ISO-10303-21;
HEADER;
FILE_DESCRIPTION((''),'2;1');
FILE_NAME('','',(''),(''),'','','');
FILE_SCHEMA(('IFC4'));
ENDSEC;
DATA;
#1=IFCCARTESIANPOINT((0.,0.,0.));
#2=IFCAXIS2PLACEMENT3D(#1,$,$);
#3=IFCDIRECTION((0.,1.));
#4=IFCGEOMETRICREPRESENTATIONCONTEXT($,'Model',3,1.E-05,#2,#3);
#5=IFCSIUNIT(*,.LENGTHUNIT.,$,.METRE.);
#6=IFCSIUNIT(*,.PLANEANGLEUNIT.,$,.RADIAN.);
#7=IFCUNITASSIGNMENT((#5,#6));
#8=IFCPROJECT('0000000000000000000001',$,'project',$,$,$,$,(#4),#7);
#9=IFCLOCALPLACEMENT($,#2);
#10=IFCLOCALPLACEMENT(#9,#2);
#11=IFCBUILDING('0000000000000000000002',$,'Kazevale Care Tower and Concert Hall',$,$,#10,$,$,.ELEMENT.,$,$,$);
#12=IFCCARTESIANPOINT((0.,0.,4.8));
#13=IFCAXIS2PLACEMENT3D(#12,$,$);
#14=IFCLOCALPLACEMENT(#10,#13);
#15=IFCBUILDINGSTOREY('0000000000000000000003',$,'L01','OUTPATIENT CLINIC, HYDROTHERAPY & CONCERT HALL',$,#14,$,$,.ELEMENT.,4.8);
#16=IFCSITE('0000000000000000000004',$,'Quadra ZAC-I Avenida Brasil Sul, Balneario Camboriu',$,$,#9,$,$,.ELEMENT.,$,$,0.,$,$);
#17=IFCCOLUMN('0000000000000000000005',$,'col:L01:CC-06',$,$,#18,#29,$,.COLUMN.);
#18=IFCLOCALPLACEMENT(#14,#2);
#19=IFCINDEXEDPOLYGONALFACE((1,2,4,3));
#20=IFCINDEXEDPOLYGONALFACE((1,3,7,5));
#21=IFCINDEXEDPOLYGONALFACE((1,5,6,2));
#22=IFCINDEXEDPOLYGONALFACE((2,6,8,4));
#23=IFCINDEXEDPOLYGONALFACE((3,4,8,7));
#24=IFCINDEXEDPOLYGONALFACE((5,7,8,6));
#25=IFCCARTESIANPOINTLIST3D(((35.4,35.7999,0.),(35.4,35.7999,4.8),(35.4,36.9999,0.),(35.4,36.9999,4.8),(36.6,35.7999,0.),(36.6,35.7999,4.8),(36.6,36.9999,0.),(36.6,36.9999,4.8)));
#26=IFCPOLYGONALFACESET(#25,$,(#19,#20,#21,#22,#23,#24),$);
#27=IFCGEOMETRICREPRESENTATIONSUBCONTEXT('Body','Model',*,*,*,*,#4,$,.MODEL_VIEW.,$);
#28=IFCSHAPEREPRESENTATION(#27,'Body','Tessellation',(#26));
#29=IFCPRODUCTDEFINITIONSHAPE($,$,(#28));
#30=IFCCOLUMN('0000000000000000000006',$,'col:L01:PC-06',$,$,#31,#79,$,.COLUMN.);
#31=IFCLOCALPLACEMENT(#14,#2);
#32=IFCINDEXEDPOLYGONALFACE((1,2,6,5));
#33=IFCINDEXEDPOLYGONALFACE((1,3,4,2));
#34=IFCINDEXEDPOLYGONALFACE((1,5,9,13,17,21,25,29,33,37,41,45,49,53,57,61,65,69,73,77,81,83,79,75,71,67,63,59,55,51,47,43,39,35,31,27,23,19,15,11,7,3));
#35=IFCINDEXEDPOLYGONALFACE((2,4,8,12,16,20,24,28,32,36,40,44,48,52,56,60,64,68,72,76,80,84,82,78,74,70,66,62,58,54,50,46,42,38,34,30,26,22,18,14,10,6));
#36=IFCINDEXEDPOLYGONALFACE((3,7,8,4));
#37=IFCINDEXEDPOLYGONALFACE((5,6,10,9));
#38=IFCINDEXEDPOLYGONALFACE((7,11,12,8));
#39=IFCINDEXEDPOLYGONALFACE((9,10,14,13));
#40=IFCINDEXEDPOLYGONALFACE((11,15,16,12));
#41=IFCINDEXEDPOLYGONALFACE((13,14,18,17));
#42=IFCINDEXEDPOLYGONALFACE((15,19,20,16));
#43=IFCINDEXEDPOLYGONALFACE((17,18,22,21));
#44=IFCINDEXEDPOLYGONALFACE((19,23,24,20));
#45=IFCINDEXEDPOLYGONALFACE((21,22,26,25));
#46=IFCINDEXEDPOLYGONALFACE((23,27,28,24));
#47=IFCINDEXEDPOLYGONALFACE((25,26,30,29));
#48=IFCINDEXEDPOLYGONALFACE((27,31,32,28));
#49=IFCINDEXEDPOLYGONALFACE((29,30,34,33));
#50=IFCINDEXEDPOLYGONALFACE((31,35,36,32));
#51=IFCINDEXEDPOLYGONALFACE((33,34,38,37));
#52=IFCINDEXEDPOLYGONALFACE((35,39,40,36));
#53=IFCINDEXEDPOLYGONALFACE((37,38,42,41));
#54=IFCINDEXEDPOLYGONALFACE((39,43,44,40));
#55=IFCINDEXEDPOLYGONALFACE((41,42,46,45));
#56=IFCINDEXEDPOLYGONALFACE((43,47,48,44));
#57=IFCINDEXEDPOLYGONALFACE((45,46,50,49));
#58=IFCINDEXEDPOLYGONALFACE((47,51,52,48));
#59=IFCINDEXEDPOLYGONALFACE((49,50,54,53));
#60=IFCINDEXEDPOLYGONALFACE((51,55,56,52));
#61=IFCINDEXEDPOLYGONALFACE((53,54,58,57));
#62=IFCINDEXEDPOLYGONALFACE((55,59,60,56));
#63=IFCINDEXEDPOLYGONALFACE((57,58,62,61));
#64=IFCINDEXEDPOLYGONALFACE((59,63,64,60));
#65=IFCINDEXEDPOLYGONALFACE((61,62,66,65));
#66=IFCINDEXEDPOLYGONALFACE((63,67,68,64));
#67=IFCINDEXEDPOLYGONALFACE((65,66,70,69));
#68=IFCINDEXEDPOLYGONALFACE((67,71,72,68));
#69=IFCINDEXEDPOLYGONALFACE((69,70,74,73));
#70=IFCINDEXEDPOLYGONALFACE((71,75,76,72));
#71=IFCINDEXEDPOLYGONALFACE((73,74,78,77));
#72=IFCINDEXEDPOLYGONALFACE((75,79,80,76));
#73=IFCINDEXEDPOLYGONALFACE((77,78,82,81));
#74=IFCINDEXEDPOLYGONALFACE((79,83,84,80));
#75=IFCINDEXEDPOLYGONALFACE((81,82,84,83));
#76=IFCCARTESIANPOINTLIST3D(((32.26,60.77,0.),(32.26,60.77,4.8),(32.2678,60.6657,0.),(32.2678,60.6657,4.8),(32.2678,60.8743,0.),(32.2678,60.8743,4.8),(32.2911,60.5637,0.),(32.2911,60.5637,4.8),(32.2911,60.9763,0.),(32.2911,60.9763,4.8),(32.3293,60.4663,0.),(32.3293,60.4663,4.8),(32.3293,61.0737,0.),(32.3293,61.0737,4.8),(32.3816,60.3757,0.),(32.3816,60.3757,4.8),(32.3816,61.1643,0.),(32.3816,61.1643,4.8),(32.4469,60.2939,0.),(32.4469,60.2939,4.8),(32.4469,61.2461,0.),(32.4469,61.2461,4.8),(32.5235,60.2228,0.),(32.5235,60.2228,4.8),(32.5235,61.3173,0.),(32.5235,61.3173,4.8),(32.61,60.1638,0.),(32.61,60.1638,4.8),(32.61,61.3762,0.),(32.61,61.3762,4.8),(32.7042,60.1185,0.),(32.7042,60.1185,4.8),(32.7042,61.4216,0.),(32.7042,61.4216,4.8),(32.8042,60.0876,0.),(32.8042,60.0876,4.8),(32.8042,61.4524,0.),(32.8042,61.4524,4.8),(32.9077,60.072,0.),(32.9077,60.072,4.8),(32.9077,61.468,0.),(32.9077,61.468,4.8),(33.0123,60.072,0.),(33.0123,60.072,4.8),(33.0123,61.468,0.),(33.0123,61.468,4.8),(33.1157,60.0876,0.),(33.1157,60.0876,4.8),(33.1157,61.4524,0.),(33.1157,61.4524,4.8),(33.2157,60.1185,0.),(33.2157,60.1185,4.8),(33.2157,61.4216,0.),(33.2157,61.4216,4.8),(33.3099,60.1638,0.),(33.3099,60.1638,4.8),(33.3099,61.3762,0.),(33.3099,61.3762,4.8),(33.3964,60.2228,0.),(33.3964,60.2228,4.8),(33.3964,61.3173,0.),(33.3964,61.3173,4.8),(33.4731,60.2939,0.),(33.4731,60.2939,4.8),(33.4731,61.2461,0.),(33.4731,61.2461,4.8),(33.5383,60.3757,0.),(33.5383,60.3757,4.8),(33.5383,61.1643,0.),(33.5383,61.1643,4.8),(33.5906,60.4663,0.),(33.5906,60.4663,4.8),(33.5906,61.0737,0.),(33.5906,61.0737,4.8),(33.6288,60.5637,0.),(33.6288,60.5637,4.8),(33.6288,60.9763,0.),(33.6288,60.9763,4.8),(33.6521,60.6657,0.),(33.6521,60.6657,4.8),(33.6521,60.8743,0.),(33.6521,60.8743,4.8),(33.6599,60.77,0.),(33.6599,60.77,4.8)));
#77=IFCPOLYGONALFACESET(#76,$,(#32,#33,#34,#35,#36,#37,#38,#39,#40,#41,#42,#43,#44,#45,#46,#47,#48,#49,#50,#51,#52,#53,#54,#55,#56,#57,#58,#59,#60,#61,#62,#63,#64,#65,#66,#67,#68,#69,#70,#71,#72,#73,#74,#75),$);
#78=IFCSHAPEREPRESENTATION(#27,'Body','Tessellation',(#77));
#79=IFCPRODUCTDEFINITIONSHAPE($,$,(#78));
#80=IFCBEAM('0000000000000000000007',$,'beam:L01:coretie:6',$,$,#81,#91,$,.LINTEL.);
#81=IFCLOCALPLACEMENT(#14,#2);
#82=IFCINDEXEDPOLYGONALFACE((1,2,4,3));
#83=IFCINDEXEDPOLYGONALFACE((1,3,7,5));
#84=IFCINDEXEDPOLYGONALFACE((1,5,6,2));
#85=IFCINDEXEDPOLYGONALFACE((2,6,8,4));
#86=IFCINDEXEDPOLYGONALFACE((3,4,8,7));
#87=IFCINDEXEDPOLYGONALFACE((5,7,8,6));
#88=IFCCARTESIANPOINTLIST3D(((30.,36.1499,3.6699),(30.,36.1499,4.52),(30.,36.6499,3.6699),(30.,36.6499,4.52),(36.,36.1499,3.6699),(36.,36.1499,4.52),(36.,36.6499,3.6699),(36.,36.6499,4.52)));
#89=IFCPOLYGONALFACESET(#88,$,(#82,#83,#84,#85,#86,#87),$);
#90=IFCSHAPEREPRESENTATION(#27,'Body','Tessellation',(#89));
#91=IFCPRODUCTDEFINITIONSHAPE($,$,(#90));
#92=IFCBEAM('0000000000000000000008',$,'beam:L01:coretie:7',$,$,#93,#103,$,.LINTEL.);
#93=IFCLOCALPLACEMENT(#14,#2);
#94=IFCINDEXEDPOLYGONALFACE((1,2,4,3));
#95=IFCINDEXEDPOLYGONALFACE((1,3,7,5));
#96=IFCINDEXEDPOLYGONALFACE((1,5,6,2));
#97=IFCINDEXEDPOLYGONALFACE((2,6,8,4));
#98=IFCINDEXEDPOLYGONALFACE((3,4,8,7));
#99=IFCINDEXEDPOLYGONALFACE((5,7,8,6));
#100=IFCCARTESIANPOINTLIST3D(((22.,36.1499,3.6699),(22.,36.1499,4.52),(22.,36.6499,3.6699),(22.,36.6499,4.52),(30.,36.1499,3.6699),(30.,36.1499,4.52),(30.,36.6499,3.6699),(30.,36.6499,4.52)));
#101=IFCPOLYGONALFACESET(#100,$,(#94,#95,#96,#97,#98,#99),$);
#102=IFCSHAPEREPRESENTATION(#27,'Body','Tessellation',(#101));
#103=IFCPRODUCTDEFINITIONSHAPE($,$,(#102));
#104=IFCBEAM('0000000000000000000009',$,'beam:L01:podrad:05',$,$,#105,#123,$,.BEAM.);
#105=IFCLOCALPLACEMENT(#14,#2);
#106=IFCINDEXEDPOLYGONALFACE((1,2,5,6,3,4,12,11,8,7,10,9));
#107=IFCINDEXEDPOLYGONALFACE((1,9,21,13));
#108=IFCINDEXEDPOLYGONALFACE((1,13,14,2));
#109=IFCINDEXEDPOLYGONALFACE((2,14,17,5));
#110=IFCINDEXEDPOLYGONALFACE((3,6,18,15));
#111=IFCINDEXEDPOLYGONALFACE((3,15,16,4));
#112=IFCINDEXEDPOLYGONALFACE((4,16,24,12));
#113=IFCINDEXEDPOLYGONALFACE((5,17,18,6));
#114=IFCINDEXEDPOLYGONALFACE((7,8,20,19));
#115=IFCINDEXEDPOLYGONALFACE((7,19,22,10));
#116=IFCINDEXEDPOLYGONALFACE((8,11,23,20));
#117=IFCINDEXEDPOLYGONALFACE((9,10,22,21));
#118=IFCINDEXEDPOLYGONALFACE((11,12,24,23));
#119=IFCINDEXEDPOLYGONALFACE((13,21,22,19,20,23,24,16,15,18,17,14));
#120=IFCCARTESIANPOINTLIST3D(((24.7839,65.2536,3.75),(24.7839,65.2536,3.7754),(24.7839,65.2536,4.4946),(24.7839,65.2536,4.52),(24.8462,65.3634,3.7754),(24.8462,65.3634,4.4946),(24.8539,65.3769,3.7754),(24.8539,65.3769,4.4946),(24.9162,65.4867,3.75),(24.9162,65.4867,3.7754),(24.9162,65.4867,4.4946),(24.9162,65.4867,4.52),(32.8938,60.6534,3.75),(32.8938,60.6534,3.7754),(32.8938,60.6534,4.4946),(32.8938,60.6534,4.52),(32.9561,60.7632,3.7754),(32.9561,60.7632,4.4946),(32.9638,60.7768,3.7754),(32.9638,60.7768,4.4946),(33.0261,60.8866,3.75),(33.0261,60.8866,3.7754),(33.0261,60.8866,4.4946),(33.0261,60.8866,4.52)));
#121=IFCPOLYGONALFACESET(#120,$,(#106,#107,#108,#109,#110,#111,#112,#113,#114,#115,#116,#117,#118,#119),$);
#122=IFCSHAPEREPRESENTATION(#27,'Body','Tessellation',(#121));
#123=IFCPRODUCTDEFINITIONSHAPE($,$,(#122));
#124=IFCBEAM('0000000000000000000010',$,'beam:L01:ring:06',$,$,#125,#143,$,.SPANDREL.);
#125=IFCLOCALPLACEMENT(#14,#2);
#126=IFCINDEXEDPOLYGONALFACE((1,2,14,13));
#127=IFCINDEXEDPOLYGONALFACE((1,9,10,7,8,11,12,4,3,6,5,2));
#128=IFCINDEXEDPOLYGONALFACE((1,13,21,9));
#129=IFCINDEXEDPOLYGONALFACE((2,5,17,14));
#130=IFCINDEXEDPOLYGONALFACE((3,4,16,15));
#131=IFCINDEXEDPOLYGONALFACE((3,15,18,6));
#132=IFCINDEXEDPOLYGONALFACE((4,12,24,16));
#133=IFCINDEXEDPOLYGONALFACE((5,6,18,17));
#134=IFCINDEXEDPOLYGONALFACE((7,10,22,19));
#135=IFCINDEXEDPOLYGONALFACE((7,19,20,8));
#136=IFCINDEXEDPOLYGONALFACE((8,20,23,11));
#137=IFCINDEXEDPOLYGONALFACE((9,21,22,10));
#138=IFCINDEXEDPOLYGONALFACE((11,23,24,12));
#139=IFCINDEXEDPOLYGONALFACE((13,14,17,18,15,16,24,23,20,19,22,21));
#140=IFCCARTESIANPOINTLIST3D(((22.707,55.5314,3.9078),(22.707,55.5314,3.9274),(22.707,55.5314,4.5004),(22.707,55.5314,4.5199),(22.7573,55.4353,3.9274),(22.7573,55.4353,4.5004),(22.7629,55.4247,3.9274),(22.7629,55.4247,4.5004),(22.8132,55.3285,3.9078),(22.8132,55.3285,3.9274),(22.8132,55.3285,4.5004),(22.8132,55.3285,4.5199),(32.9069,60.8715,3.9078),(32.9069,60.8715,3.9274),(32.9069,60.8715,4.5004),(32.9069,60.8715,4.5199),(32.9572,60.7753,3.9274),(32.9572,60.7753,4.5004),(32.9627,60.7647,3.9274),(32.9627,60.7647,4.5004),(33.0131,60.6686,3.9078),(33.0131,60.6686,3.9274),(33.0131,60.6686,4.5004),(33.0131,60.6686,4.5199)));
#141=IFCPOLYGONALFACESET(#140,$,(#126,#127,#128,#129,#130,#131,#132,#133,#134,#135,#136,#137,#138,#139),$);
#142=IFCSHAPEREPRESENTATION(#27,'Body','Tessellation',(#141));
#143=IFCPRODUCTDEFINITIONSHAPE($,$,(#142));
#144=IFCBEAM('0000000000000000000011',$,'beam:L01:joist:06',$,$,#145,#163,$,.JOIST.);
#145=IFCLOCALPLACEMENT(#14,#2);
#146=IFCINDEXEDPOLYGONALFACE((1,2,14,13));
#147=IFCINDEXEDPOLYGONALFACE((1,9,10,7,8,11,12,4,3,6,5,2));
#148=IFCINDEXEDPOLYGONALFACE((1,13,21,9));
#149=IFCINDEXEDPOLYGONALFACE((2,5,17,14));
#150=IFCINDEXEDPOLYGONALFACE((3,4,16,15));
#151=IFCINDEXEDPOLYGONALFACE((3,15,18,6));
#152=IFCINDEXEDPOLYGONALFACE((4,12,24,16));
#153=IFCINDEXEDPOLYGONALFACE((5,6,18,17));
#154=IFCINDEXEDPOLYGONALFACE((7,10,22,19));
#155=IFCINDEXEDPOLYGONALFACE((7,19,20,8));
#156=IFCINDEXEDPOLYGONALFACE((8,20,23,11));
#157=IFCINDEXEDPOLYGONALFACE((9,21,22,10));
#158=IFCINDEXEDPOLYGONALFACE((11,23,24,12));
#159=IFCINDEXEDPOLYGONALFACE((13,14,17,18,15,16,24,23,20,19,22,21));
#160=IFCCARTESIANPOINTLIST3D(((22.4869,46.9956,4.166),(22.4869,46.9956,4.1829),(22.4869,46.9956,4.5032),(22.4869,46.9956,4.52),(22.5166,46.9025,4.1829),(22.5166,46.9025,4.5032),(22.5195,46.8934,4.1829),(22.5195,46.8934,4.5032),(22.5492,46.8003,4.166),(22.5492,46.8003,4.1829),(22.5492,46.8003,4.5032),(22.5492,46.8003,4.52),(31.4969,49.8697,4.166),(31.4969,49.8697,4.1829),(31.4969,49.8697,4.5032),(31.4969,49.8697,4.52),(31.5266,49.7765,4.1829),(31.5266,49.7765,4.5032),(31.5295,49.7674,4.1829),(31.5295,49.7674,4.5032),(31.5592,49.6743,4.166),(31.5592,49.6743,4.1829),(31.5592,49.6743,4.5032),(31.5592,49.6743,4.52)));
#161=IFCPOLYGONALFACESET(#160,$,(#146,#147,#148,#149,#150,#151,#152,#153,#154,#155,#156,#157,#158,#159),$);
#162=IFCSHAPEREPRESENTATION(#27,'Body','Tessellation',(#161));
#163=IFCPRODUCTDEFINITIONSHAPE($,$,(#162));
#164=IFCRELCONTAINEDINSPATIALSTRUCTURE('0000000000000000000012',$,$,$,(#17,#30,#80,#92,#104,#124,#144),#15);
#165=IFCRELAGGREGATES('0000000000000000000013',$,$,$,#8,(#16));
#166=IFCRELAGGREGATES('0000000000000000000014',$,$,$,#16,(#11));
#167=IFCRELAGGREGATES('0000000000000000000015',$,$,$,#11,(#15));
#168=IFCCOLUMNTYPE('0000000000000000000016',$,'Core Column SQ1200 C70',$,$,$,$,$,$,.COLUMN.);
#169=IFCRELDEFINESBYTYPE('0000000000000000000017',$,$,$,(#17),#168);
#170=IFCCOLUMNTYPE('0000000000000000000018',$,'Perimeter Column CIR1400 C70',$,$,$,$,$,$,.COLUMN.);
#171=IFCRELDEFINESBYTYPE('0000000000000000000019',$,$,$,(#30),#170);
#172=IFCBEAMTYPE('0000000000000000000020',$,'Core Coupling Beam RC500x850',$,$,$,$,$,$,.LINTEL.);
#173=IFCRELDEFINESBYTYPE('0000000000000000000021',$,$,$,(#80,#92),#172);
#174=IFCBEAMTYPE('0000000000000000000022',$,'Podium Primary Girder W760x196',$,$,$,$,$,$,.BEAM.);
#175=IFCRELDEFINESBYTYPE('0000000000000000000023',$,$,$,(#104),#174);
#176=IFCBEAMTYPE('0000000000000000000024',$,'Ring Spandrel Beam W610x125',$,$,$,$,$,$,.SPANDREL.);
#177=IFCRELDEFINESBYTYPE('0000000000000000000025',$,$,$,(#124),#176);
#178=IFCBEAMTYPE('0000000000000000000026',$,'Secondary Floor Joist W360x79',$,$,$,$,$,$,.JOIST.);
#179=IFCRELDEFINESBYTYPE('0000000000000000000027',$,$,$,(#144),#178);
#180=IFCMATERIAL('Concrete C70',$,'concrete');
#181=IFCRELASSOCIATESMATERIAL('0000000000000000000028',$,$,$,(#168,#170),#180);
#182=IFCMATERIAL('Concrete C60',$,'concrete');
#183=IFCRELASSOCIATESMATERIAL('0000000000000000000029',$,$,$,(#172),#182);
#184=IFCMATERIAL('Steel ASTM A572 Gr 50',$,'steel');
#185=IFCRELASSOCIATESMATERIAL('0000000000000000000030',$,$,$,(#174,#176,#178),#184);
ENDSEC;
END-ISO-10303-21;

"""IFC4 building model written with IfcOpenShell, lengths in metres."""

from ifc_helpers import new_model, si_unit, direction, frame, origin, origin_2d, place, context, subcontext, project, spatial, rectangle, circle, i_section, extrude, material, material_profile, profile_set, type_object, element, save


model = new_model("IFC4")

# Units and contexts
model_context = context("Model", 3, precision=1e-05, world=origin(), true_north=direction((0.0, 1.0)))
body_context = subcontext(model_context, "Body", "Model", "MODEL_VIEW")
ifc_project = project(units=[si_unit("LENGTHUNIT", "METRE"), si_unit("PLANEANGLEUNIT", "RADIAN")], contexts=[model_context])

# Site, building, storey
site_placement = place(None, origin())
site = spatial("IfcSite", under=ifc_project, at=site_placement, Name="Quadra ZAC-I Avenida Brasil Sul, Balneario Camboriu", CompositionType="ELEMENT", RefElevation=0.0)
building_placement = place(site_placement, origin())
building = spatial("IfcBuilding", under=site, at=building_placement, Name="Kazevale Care Tower and Concert Hall", CompositionType="ELEMENT")
storey_placement = place(building_placement, frame((0.0, 0.0, 4.8)))
storey = spatial("IfcBuildingStorey", under=building, at=storey_placement, Name="L01", Description="OUTPATIENT CLINIC, HYDROTHERAPY & CONCERT HALL", CompositionType="ELEMENT", Elevation=4.8)

# Columns
ifc_material_1 = material(Name="Concrete C70", Category="concrete")
ifc_material_profile_1 = material_profile(ifc_material_1, rectangle(XDim=1.2, YDim=1.2, at=origin_2d()), Name="RC-SQ1200")
ifc_profile_set_1 = profile_set([ifc_material_profile_1], Name="Concrete C70")
column_type_1 = type_object("IfcColumnType", Name="Core Column SQ1200 C70", PredefinedType="COLUMN", material=ifc_profile_set_1)
column_1_placement = place(storey_placement, frame((36.0, 36.3999, 0.0), z_axis=(0.0, 0.0, 1.0), x_axis=(1.0, 0.0, 0.0)))
element("IfcColumn", 1, at=column_1_placement, inside=storey, type_object=column_type_1, Name="col:L01:CC-06", PredefinedType="COLUMN", context=body_context, shape_type="SweptSolid", body=[
    extrude(rectangle(XDim=1.2, YDim=1.2, at=origin_2d()), origin(), (0.0, 0.0, 1.0), 4.8),
])
ifc_material_profile_2 = material_profile(ifc_material_1, circle(Radius=0.7, at=origin_2d()), Name="RC-CIR1400")
ifc_profile_set_2 = profile_set([ifc_material_profile_2], Name="Concrete C70")
column_type_2 = type_object("IfcColumnType", Name="Perimeter Column CIR1400 C70", PredefinedType="COLUMN", material=ifc_profile_set_2)
column_2_placement = place(storey_placement, frame((32.96, 60.77, 0.0), z_axis=(0.0, 0.0, 1.0), x_axis=(1.0, 0.0, 0.0)))
element("IfcColumn", 2, at=column_2_placement, inside=storey, type_object=column_type_2, Name="col:L01:PC-06", PredefinedType="COLUMN", context=body_context, shape_type="SweptSolid", body=[
    extrude(circle(Radius=0.7, at=origin_2d()), origin(), (0.0, 0.0, 1.0), 4.8),
])

# Beams
ifc_material_2 = material(Name="Concrete C60", Category="concrete")
ifc_material_profile_3 = material_profile(ifc_material_2, rectangle(XDim=0.5, YDim=0.8501, at=origin_2d()), Name="RC-B500x850")
ifc_profile_set_3 = profile_set([ifc_material_profile_3], Name="Concrete C60")
beam_type_1 = type_object("IfcBeamType", Name="Core Coupling Beam RC500x850", PredefinedType="LINTEL", material=ifc_profile_set_3)
beam_1_placement = place(storey_placement, frame((36.0, 36.3999, 4.095), z_axis=(-1.0, 0.0, 0.0), x_axis=(0.0, -1.0, 0.0)))
element("IfcBeam", 3, at=beam_1_placement, inside=storey, type_object=beam_type_1, Name="beam:L01:coretie:6", PredefinedType="LINTEL", context=body_context, shape_type="SweptSolid", body=[
    extrude(rectangle(XDim=0.5, YDim=0.8501, at=origin_2d()), origin(), (0.0, 0.0, 1.0), 6.0),
])
beam_2_placement = place(storey_placement, frame((30.0, 36.3999, 4.095), z_axis=(-1.0, 0.0, 0.0), x_axis=(0.0, -1.0, 0.0)))
element("IfcBeam", 4, at=beam_2_placement, inside=storey, type_object=beam_type_1, Name="beam:L01:coretie:7", PredefinedType="LINTEL", context=body_context, shape_type="SweptSolid", body=[
    extrude(rectangle(XDim=0.5, YDim=0.8501, at=origin_2d()), origin(), (0.0, 0.0, 1.0), 8.0),
])
ifc_material_3 = material(Name="Steel ASTM A572 Gr 50", Category="steel")
ifc_material_profile_4 = material_profile(ifc_material_3, i_section(OverallWidth=0.2681, OverallDepth=0.77, WebThickness=0.0156, FlangeThickness=0.0254, at=origin_2d()), Name="W760x196")
ifc_profile_set_4 = profile_set([ifc_material_profile_4], Name="Steel ASTM A572 Gr 50")
beam_type_2 = type_object("IfcBeamType", Name="Podium Primary Girder W760x196", PredefinedType="BEAM", material=ifc_profile_set_4)
beam_3_placement = place(storey_placement, frame((32.96, 60.77, 4.135), z_axis=(-0.869815, 0.493379, 0.0), x_axis=(-0.493379, -0.869815, 0.0)))
element("IfcBeam", 5, at=beam_3_placement, inside=storey, type_object=beam_type_2, Name="beam:L01:podrad:05", PredefinedType="BEAM", context=body_context, shape_type="SweptSolid", body=[
    extrude(i_section(OverallWidth=0.2681, OverallDepth=0.77, WebThickness=0.0156, FlangeThickness=0.0254, at=origin_2d()), origin(), (0.0, 0.0, 1.0), 9.3237),
])
ifc_material_profile_5 = material_profile(ifc_material_3, i_section(OverallWidth=0.229, OverallDepth=0.6121, WebThickness=0.012, FlangeThickness=0.0195, at=origin_2d()), Name="W610x125")
ifc_profile_set_5 = profile_set([ifc_material_profile_5], Name="Steel ASTM A572 Gr 50")
beam_type_3 = type_object("IfcBeamType", Name="Ring Spandrel Beam W610x125", PredefinedType="SPANDREL", material=ifc_profile_set_5)
beam_4_placement = place(storey_placement, frame((32.96, 60.77, 4.2139), z_axis=(-0.885929, -0.46382, 0.0), x_axis=(0.46382, -0.885929, 0.0)))
element("IfcBeam", 6, at=beam_4_placement, inside=storey, type_object=beam_type_3, Name="beam:L01:ring:06", PredefinedType="SPANDREL", context=body_context, shape_type="SweptSolid", body=[
    extrude(i_section(OverallWidth=0.229, OverallDepth=0.6121, WebThickness=0.012, FlangeThickness=0.0195, at=origin_2d()), origin(), (0.0, 0.0, 1.0), 11.5132),
])
ifc_material_profile_6 = material_profile(ifc_material_3, i_section(OverallWidth=0.2051, OverallDepth=0.354, WebThickness=0.0095, FlangeThickness=0.0168, at=origin_2d()), Name="W360x79")
ifc_profile_set_6 = profile_set([ifc_material_profile_6], Name="Steel ASTM A572 Gr 50")
beam_type_4 = type_object("IfcBeamType", Name="Secondary Floor Joist W360x79", PredefinedType="JOIST", material=ifc_profile_set_6)
beam_5_placement = place(storey_placement, frame((31.5281, 49.772, 4.343), z_axis=(-0.952705, -0.303895, 0.0), x_axis=(0.303895, -0.952705, 0.0)))
element("IfcBeam", 7, at=beam_5_placement, inside=storey, type_object=beam_type_4, Name="beam:L01:joist:06", PredefinedType="JOIST", context=body_context, shape_type="SweptSolid", body=[
    extrude(i_section(OverallWidth=0.2051, OverallDepth=0.354, WebThickness=0.0095, FlangeThickness=0.0168, at=origin_2d()), origin(), (0.0, 0.0, 1.0), 9.4573),
])

save(model, "model.ifc")
